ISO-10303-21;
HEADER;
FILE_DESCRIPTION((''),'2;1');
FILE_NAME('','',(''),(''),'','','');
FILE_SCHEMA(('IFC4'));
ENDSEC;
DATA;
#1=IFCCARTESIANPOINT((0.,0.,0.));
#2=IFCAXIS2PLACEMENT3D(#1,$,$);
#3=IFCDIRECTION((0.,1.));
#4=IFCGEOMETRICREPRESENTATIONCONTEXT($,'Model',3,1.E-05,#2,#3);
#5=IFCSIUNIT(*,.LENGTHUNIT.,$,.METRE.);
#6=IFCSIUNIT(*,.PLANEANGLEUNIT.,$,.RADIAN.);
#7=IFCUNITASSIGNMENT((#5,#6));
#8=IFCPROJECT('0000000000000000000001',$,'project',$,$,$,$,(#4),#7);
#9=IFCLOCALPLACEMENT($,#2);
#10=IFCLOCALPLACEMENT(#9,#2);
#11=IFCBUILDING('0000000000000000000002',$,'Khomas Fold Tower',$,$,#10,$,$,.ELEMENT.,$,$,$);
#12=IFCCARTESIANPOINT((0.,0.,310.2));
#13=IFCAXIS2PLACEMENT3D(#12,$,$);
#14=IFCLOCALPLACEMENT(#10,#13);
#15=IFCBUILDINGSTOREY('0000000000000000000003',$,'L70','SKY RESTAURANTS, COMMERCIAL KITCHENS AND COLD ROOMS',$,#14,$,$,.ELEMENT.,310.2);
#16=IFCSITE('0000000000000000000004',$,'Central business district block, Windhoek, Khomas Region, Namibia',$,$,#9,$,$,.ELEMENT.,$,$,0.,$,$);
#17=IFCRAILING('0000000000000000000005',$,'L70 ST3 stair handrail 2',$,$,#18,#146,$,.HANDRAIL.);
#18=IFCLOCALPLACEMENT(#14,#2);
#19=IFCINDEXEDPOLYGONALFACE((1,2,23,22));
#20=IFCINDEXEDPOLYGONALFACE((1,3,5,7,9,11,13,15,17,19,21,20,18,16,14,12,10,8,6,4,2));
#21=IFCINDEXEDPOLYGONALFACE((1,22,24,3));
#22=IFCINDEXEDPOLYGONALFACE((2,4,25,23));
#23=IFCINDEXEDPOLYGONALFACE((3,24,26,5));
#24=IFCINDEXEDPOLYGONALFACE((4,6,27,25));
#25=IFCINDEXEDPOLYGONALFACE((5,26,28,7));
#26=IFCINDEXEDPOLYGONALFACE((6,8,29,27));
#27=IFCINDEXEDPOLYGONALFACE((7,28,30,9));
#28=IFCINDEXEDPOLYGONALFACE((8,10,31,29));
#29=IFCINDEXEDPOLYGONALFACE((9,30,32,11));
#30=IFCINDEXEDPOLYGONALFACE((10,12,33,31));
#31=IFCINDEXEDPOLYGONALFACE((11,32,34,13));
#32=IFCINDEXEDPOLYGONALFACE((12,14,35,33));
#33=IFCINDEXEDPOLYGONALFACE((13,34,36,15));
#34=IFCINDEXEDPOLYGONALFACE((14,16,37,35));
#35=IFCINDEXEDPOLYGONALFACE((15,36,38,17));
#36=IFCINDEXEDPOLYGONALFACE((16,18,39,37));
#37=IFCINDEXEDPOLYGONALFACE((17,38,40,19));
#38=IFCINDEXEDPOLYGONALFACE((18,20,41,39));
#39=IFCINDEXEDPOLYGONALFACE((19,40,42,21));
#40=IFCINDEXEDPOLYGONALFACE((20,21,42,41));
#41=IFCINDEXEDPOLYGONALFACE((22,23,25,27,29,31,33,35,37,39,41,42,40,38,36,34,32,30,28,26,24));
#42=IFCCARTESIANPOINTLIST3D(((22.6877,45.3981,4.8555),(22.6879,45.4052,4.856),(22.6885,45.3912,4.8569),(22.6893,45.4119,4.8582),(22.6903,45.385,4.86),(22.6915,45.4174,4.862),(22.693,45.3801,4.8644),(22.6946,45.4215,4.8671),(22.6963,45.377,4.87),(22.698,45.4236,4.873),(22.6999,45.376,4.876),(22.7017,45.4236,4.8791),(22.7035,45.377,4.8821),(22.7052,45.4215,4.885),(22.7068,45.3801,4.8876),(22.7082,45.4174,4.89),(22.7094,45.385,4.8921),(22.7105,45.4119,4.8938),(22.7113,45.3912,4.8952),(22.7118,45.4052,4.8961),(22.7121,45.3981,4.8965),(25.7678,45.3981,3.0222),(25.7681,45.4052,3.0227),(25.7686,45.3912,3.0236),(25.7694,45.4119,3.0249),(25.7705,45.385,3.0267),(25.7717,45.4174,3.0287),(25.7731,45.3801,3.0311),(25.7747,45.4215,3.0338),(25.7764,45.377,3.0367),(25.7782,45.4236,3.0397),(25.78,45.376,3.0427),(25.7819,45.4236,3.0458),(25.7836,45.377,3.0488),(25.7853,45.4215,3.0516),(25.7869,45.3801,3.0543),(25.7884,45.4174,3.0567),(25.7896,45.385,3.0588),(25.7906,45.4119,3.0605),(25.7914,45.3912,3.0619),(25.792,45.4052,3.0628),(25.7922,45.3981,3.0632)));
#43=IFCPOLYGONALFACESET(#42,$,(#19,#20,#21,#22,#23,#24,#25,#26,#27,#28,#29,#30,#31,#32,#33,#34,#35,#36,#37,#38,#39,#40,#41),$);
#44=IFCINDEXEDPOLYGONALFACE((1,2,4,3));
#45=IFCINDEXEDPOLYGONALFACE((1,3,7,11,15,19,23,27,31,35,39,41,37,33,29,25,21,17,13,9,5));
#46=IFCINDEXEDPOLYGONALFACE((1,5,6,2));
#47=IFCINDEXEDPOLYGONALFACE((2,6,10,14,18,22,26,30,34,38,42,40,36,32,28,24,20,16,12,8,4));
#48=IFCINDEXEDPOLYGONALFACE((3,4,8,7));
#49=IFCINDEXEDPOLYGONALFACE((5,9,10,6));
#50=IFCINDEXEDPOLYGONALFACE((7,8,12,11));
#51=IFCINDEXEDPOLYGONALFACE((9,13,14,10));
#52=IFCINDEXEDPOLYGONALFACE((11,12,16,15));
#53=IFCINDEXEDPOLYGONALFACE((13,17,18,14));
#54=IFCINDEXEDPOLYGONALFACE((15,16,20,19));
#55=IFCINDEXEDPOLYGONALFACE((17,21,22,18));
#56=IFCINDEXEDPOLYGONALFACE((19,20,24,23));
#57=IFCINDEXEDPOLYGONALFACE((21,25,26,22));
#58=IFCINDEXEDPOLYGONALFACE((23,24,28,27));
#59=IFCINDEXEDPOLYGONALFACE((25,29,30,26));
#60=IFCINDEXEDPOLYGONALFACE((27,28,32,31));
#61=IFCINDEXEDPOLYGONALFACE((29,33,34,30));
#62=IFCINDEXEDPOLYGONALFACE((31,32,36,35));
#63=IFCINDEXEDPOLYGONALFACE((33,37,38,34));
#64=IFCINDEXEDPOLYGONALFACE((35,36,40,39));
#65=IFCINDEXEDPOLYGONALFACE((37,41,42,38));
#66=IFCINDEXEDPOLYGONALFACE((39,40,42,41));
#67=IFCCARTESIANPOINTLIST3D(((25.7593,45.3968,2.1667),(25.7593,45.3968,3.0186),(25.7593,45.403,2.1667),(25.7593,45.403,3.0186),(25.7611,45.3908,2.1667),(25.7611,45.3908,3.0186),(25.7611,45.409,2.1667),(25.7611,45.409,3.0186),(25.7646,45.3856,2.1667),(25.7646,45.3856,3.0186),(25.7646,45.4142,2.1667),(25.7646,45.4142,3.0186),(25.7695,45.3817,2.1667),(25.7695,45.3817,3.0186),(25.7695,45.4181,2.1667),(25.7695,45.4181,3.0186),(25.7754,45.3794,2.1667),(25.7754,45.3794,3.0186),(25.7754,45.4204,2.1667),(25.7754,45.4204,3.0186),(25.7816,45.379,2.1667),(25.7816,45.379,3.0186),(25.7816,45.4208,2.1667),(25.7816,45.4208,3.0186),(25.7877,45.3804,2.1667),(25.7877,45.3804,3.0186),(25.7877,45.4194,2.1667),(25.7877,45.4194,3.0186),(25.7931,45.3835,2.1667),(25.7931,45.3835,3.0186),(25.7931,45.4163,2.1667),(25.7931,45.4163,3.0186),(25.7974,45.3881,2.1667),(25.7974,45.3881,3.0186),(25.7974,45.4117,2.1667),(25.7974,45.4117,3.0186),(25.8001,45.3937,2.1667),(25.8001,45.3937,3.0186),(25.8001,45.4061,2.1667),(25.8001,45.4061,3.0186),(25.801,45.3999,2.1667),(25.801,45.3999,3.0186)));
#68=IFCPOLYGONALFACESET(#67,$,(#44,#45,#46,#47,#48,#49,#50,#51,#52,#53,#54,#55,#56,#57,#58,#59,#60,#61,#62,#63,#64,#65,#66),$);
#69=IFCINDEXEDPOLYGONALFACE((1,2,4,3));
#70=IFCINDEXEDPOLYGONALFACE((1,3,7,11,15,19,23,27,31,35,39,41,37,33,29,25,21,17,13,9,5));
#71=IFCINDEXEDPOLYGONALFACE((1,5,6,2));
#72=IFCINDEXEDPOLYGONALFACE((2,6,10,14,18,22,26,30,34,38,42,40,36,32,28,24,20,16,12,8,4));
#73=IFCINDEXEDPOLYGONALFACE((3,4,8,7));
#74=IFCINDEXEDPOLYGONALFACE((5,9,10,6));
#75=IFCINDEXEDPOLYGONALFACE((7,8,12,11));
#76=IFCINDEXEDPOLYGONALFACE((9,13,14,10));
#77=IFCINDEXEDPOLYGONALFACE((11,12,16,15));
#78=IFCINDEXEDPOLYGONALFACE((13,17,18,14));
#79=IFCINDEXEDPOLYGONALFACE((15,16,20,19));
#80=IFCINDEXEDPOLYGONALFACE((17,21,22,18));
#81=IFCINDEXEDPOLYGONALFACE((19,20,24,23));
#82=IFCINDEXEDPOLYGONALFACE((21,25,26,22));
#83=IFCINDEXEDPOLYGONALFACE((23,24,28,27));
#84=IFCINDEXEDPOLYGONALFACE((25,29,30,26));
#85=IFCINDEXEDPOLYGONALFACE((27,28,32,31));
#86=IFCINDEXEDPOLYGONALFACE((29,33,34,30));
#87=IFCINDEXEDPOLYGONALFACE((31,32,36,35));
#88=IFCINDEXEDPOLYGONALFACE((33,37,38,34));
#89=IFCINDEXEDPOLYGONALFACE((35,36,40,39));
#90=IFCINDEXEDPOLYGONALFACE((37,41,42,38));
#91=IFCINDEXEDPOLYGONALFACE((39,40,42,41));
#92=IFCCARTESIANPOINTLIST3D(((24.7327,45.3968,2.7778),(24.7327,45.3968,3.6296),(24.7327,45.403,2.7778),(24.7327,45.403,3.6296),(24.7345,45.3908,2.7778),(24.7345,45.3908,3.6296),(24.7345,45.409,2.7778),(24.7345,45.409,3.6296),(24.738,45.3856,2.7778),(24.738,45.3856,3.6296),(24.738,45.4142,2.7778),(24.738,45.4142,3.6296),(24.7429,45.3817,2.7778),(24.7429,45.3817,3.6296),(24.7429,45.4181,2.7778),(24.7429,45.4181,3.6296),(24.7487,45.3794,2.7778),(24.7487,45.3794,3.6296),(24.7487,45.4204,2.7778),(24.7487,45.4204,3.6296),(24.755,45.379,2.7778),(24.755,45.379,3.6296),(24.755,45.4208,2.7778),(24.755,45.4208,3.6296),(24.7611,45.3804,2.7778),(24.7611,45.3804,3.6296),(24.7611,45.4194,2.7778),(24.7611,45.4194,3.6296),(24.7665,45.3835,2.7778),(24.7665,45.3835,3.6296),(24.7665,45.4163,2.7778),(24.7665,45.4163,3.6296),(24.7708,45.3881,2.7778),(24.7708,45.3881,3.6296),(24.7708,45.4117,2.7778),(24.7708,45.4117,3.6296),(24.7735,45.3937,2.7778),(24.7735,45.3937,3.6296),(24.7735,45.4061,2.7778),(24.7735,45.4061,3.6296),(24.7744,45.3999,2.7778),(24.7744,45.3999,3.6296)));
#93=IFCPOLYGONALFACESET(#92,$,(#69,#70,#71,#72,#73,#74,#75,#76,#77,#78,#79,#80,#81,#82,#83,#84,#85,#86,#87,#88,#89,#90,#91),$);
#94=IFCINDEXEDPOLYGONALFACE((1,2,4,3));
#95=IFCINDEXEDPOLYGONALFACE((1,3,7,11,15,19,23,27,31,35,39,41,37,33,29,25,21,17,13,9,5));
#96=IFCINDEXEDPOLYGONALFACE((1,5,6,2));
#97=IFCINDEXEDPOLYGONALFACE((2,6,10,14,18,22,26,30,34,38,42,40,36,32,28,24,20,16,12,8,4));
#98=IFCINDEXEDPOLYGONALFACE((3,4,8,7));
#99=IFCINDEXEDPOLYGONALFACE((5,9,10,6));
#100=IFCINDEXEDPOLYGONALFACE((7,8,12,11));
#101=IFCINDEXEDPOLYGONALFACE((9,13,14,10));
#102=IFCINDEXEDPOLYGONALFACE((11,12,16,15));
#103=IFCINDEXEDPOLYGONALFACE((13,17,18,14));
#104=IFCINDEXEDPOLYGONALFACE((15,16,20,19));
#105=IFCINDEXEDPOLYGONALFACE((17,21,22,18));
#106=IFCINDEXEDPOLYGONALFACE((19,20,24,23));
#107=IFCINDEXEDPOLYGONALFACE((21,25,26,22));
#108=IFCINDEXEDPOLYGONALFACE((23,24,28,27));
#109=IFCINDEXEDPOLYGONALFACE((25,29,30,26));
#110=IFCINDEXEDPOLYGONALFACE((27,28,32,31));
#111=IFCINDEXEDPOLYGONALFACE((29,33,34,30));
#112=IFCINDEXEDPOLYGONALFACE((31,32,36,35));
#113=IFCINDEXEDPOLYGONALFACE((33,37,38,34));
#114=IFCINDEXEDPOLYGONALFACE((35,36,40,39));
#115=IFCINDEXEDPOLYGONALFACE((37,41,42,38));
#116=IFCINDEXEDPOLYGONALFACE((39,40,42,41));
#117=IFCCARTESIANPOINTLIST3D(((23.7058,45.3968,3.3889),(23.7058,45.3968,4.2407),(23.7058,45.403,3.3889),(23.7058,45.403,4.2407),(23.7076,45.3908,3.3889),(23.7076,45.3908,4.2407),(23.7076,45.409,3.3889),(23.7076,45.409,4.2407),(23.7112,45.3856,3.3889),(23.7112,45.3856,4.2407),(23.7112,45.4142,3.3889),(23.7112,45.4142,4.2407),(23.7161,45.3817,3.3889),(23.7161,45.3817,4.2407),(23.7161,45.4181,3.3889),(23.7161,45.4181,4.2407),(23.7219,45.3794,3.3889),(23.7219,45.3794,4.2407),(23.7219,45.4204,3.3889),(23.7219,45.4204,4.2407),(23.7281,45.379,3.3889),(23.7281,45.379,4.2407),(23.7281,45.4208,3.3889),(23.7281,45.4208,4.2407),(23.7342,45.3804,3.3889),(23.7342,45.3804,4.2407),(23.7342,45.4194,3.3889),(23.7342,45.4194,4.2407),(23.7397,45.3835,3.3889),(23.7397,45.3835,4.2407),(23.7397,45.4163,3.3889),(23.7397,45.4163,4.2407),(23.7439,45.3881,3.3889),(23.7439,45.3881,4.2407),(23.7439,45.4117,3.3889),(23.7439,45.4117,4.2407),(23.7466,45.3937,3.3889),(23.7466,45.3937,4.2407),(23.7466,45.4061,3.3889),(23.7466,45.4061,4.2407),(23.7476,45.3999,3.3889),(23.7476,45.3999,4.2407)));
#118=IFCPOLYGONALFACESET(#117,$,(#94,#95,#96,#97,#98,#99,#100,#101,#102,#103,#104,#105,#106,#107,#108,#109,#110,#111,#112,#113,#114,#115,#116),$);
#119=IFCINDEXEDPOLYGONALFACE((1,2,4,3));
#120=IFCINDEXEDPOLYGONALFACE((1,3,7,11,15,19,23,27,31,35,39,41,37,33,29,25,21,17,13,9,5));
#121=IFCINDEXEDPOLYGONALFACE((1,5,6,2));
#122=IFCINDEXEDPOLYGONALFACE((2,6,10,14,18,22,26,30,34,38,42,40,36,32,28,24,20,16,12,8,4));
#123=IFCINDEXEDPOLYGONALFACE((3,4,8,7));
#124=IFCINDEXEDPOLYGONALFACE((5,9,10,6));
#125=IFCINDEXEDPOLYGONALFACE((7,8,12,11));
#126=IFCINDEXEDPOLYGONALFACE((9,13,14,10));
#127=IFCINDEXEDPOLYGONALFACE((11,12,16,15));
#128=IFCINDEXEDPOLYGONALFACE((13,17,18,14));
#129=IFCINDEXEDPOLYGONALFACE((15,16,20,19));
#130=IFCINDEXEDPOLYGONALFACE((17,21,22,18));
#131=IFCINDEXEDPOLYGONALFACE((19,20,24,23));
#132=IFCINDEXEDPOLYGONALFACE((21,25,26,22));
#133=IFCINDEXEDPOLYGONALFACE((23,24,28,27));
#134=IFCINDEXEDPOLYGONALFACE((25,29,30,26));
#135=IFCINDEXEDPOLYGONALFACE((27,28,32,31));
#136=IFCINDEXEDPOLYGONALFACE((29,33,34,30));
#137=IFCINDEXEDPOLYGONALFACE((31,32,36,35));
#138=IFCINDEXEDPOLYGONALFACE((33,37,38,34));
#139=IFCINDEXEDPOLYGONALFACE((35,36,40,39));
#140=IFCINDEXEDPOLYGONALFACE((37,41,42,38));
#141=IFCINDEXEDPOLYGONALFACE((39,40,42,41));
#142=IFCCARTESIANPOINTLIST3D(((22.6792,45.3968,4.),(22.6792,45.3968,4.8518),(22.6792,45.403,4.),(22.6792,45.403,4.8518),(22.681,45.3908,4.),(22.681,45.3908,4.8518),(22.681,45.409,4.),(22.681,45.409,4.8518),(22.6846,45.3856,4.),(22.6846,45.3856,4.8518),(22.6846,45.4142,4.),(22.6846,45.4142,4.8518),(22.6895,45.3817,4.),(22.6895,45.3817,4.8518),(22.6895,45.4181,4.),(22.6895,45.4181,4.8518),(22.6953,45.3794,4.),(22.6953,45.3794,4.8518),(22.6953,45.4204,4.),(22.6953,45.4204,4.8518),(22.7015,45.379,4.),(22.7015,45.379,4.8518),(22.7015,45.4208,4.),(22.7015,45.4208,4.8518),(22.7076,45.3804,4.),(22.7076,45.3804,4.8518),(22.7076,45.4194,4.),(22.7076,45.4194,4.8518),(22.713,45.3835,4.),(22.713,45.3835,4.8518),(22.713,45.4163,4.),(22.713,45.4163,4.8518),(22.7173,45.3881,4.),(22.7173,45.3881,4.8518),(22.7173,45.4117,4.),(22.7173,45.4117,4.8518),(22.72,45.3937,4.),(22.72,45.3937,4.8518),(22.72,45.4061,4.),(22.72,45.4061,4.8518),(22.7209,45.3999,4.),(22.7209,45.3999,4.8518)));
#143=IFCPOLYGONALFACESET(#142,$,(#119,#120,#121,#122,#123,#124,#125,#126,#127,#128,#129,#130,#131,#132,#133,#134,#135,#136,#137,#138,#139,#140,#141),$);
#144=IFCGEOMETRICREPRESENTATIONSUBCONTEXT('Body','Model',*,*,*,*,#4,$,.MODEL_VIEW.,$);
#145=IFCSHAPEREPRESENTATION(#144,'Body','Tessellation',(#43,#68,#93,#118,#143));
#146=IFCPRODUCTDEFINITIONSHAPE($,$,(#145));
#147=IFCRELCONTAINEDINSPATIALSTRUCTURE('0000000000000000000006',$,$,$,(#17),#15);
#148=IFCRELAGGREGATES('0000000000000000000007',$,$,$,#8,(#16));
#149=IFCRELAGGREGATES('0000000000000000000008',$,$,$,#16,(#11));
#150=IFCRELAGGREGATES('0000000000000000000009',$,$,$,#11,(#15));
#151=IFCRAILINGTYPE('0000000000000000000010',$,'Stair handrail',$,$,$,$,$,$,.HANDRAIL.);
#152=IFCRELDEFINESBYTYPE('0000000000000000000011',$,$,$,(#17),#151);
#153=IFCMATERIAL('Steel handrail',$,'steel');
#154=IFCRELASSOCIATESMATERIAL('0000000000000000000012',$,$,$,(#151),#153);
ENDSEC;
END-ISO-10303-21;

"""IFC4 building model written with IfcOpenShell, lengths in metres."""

from ifc_helpers import new_model, si_unit, direction, frame, origin, origin_2d, place, context, subcontext, project, spatial, circle, extrude, source, transform, mapped, material, type_object, element, save


model = new_model("IFC4")

# Units and contexts
model_context = context("Model", 3, precision=1e-05, world=origin(), true_north=direction((0.0, 1.0)))
body_context = subcontext(model_context, "Body", "Model", "MODEL_VIEW")
ifc_project = project(units=[si_unit("LENGTHUNIT", "METRE"), si_unit("PLANEANGLEUNIT", "RADIAN")], contexts=[model_context])

# Site, building, storey
site_placement = place(None, origin())
site = spatial("IfcSite", under=ifc_project, at=site_placement, Name="Central business district block, Windhoek, Khomas Region, Namibia", CompositionType="ELEMENT", RefElevation=0.0)
building_placement = place(site_placement, origin())
building = spatial("IfcBuilding", under=site, at=building_placement, Name="Khomas Fold Tower", CompositionType="ELEMENT")
storey_placement = place(building_placement, frame((0.0, 0.0, 310.2)))
storey = spatial("IfcBuildingStorey", under=building, at=storey_placement, Name="L70", Description="SKY RESTAURANTS, COMMERCIAL KITCHENS AND COLD ROOMS", CompositionType="ELEMENT", Elevation=310.2)

# Railing
ifc_material_1 = material(Name="Steel handrail", Category="steel")
railing_type_1 = type_object("IfcRailingType", Name="Stair handrail", PredefinedType="HANDRAIL", material=ifc_material_1)
shared_shape_1 = source(origin(), body_context, "Body", "SweptSolid", [
    extrude(circle(Radius=0.0239, at=origin_2d()), frame((0.0, 0.0, 0.876), z_axis=(-0.859309, 0.0, 0.511458), x_axis=(0.0, -1.0, 0.0)), (0.0, 0.0, 1.0), 3.5845),
    extrude(circle(Radius=0.021, at=origin_2d()), origin(), (0.0, 0.0, 1.0), 0.8518),
    extrude(circle(Radius=0.021, at=origin_2d()), frame((-1.0266, 0.0, 0.6111)), (0.0, 0.0, 1.0), 0.8518),
    extrude(circle(Radius=0.021, at=origin_2d()), frame((-2.0535, 0.0, 1.2222)), (0.0, 0.0, 1.0), 0.8518),
    extrude(circle(Radius=0.021, at=origin_2d()), frame((-3.0801, 0.0, 1.8333)), (0.0, 0.0, 1.0), 0.8518),
])
railing_1_placement = place(storey_placement, frame((25.78, 45.3999, 2.1667)))
element("IfcRailing", 1, at=railing_1_placement, inside=storey, type_object=railing_type_1, Name="L70 ST3 stair handrail 2", PredefinedType="HANDRAIL", context=body_context, shape_type="MappedRepresentation", body=[
    mapped(shared_shape_1, transform((0.0, 0.0, 0.0))),
])

save(model, "model.ifc")
